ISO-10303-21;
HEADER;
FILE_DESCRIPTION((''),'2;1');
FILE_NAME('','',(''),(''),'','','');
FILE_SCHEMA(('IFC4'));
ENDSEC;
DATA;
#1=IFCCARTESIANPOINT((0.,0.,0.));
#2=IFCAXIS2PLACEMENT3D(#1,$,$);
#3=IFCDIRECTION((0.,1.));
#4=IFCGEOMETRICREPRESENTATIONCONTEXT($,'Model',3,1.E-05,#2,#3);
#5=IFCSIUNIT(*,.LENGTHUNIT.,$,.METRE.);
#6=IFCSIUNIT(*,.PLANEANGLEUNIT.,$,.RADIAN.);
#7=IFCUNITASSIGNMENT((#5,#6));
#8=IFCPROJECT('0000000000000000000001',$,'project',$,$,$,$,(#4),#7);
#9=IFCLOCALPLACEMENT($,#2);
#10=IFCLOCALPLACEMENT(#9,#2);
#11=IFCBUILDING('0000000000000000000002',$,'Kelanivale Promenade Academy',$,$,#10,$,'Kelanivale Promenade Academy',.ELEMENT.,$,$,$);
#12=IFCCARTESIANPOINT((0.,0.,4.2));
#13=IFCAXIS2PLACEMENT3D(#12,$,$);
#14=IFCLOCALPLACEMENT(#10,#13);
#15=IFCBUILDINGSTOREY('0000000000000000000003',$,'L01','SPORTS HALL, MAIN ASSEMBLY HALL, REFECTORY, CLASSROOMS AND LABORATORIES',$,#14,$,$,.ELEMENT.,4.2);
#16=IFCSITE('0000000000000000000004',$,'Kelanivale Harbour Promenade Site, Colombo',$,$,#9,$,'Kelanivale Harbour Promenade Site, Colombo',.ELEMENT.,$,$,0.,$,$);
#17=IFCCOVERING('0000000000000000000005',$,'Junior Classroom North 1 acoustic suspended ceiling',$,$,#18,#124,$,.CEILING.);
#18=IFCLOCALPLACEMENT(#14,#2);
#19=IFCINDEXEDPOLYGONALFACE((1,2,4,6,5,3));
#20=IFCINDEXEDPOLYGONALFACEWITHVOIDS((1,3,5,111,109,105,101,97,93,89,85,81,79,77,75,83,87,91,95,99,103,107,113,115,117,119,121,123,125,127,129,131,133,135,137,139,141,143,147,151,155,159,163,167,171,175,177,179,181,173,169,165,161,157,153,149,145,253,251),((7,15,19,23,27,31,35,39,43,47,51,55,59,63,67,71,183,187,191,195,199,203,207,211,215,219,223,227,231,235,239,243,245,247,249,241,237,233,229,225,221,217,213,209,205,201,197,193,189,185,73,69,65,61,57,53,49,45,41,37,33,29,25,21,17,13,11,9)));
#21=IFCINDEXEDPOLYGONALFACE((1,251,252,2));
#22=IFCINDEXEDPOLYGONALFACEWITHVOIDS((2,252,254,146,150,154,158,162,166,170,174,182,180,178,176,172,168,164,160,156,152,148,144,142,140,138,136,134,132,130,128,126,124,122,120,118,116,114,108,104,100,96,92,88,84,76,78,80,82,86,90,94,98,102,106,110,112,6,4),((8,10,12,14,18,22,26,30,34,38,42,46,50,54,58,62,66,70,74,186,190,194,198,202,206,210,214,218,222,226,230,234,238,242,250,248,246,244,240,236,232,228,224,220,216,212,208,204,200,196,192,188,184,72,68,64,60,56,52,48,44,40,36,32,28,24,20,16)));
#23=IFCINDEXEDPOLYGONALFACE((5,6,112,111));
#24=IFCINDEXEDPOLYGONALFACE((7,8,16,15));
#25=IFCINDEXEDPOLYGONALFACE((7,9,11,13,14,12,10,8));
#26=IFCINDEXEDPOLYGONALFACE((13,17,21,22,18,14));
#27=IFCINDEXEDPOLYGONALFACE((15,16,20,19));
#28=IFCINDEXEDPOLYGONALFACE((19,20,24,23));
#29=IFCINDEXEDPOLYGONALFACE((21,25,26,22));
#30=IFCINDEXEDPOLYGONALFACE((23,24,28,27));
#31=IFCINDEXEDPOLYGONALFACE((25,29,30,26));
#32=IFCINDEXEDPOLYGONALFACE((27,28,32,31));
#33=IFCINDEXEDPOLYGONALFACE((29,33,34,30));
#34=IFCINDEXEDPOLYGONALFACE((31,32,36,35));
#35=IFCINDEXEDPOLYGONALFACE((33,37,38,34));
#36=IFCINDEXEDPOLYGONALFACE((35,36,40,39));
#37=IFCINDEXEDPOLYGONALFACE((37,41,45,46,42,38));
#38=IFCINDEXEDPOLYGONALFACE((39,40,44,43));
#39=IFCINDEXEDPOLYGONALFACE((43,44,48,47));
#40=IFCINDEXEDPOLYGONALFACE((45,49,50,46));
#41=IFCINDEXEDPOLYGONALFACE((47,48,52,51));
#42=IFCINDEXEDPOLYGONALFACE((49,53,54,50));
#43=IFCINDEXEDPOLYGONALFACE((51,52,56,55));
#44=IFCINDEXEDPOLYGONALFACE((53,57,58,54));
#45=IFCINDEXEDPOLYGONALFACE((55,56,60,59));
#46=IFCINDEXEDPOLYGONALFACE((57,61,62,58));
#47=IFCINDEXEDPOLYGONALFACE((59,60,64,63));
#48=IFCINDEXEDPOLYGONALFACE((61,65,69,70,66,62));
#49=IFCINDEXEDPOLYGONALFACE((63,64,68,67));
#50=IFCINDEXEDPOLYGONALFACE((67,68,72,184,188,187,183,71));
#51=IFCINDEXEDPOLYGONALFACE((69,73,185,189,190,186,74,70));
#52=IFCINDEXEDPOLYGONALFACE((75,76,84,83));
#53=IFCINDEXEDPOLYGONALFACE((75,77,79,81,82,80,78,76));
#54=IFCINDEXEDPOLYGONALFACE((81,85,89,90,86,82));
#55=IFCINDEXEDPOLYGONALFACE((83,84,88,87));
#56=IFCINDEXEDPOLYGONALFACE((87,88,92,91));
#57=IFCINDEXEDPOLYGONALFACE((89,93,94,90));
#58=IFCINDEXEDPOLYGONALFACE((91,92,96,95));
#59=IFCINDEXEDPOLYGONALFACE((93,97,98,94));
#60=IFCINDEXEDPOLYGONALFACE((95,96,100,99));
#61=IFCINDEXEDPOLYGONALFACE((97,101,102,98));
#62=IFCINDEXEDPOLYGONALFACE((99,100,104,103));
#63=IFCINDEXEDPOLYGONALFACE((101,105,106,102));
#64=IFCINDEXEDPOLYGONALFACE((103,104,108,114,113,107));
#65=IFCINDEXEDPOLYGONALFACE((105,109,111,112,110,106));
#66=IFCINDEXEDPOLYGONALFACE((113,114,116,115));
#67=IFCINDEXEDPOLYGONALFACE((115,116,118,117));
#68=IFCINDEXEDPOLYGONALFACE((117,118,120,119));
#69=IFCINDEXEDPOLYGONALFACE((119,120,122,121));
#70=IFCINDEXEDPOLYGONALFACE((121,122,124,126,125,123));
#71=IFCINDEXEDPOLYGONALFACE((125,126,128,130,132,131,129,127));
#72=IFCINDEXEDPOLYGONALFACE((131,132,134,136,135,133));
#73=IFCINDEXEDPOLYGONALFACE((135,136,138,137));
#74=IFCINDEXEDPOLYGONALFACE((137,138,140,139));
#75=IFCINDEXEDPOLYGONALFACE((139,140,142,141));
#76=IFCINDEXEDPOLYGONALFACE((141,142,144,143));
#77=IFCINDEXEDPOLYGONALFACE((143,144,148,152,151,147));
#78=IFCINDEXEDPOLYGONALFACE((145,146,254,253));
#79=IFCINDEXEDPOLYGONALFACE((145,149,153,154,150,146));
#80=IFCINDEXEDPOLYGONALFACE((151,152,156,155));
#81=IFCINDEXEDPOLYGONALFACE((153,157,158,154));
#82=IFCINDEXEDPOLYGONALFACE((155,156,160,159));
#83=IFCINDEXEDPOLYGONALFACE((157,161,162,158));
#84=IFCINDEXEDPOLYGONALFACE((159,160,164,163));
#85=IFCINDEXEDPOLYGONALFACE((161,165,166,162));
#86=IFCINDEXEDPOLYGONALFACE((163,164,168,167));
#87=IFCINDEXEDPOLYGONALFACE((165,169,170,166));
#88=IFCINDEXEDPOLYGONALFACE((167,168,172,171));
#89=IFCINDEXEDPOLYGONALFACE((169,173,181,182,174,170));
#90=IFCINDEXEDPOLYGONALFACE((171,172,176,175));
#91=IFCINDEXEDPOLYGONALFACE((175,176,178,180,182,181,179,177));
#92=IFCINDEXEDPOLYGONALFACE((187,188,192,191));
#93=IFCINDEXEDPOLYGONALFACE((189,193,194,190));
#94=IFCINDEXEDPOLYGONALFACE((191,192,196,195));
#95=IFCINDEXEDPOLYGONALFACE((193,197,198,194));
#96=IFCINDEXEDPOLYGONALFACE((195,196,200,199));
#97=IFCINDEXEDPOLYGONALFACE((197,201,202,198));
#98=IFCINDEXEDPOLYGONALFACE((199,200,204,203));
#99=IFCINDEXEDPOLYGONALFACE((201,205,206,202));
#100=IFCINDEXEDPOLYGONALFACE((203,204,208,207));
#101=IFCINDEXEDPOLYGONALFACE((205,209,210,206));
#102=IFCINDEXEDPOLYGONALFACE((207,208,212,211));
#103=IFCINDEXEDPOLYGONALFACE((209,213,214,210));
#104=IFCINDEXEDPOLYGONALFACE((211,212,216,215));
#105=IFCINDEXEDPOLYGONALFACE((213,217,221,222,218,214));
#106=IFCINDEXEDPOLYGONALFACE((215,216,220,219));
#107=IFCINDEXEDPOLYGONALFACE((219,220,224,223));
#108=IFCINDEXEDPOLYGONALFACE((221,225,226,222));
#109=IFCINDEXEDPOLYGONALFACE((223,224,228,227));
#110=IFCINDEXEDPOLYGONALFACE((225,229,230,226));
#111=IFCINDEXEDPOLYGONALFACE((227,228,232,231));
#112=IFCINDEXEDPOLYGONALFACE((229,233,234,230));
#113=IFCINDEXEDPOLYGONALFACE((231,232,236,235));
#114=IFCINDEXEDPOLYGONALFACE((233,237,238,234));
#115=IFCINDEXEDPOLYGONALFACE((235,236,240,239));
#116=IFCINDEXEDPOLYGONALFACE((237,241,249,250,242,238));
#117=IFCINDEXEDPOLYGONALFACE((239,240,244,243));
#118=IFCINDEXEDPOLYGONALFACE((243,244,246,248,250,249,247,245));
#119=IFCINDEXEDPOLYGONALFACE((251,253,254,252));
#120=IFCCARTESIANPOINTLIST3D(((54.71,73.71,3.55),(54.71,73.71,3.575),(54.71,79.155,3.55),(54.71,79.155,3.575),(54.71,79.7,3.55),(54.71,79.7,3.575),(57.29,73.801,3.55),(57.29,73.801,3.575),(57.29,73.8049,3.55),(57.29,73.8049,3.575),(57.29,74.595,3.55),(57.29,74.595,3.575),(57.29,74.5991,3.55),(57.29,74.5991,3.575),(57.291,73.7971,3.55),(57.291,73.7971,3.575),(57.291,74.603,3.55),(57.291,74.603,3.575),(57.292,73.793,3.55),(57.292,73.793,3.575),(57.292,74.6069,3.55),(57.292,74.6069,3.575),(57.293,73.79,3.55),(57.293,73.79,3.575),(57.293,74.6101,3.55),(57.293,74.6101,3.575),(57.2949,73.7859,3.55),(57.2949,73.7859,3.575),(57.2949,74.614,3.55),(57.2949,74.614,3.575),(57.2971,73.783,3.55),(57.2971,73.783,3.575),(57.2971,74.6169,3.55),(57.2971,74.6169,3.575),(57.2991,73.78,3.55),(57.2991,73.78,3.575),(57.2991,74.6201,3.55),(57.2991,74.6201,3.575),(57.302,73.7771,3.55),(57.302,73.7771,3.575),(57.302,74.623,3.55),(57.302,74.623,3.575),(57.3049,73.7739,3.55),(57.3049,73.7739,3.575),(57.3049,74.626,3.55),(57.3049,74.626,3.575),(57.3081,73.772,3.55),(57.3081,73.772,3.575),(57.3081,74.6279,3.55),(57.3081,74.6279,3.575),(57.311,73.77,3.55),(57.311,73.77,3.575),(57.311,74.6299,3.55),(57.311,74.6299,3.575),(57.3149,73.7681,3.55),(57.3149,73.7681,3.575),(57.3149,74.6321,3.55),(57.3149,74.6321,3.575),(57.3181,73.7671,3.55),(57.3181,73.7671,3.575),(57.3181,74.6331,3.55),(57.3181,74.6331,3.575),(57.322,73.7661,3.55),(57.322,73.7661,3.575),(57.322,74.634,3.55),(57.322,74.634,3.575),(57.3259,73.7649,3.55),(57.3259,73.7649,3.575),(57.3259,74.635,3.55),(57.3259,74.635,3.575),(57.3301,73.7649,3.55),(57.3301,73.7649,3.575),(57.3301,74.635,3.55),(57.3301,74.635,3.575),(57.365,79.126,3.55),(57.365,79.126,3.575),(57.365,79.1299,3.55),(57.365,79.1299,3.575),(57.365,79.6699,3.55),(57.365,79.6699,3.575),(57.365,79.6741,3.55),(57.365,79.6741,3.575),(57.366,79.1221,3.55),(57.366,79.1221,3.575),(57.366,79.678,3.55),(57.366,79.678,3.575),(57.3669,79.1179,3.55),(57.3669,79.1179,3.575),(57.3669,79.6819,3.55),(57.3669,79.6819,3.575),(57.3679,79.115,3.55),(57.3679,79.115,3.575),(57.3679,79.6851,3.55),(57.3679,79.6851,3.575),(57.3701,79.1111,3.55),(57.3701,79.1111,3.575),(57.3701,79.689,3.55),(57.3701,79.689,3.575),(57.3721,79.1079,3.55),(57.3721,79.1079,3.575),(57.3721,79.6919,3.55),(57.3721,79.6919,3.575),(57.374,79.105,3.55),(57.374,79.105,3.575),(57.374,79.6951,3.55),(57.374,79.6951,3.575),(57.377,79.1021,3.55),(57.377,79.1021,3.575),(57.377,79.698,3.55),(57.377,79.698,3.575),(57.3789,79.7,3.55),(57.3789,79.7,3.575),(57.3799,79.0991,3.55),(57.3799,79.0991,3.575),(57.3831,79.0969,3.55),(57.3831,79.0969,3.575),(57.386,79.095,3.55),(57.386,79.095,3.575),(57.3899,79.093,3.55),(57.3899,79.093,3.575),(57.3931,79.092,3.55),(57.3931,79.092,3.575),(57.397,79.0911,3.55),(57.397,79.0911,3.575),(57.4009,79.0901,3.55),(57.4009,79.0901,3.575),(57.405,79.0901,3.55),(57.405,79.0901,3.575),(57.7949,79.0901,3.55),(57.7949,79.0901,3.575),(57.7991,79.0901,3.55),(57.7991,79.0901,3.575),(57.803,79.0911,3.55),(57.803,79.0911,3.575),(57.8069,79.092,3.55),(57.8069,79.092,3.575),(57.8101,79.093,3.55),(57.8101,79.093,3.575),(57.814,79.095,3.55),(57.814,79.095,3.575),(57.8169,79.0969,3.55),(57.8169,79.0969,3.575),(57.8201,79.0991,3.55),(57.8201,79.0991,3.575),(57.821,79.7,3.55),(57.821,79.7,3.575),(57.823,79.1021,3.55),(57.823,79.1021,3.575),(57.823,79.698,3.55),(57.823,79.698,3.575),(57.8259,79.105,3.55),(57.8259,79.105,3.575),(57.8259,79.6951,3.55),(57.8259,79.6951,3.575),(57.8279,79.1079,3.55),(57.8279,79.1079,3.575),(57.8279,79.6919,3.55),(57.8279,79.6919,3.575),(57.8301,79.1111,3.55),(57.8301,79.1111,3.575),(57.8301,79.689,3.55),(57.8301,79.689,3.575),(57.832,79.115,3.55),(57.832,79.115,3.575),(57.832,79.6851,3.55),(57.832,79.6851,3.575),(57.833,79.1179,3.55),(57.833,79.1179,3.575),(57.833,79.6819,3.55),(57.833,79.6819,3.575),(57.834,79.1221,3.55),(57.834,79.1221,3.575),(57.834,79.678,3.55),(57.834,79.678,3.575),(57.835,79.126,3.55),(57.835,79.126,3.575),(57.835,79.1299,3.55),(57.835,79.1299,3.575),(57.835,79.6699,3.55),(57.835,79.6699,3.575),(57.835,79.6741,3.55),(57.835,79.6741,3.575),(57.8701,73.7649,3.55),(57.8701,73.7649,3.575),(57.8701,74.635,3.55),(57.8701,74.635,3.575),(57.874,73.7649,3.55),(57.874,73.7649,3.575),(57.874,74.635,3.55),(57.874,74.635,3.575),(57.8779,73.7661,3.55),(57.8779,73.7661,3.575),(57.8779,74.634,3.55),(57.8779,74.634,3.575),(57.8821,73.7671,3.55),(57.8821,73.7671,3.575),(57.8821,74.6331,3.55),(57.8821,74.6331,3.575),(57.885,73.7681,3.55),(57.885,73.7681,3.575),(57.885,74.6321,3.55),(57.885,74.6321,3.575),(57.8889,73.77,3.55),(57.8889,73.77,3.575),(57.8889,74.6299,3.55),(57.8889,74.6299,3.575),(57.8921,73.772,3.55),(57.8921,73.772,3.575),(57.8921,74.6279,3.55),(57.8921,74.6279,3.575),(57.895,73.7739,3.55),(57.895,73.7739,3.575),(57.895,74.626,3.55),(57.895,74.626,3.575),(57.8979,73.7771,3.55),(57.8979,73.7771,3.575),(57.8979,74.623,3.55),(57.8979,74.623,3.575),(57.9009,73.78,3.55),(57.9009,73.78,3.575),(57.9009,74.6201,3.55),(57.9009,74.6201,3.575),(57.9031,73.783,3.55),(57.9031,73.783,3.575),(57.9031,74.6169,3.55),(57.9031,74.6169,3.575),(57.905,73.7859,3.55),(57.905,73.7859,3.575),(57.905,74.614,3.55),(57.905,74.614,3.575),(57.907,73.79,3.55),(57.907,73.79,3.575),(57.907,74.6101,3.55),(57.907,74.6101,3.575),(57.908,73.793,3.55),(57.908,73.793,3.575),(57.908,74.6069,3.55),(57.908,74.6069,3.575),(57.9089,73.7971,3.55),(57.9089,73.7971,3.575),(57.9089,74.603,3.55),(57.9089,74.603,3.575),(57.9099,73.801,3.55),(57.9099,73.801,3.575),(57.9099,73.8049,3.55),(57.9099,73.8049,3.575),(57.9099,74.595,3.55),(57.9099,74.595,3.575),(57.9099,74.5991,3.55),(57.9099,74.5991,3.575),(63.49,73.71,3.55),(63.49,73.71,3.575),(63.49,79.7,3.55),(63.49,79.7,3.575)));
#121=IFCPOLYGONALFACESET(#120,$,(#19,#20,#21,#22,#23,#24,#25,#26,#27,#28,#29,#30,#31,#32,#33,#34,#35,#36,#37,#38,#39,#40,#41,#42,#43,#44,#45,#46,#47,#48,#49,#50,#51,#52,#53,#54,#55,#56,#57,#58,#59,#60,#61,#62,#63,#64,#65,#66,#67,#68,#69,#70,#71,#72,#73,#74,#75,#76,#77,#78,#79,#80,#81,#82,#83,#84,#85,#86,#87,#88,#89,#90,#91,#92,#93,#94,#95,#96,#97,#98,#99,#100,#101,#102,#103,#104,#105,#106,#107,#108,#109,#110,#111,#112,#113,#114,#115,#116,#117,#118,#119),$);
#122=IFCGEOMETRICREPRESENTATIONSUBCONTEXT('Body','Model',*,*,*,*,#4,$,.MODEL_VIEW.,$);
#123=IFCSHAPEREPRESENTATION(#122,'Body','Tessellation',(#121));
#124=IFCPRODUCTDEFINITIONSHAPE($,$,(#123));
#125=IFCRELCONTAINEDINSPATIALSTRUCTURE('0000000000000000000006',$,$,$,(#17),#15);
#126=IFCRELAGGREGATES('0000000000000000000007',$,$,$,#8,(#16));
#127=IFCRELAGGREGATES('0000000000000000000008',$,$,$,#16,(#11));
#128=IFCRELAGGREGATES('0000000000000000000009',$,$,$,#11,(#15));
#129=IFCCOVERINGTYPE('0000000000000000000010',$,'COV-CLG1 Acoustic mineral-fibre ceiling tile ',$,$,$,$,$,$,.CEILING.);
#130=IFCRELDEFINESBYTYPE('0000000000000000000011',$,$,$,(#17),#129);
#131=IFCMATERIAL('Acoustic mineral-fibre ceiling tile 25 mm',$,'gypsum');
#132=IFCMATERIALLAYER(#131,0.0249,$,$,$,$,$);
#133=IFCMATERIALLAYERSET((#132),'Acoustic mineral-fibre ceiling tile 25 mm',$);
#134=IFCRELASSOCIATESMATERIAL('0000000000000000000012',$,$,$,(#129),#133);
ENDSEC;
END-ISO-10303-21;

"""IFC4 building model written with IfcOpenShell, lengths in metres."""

from ifc_helpers import new_model, si_unit, direction, frame, origin, place, context, subcontext, project, spatial, polyline, outline, extrude, material, layer, layer_set, type_object, element, save


model = new_model("IFC4")

# Units and contexts
model_context = context("Model", 3, precision=1e-05, world=origin(), true_north=direction((0.0, 1.0)))
body_context = subcontext(model_context, "Body", "Model", "MODEL_VIEW")
ifc_project = project(units=[si_unit("LENGTHUNIT", "METRE"), si_unit("PLANEANGLEUNIT", "RADIAN")], contexts=[model_context])

# Site, building, storey
site_placement = place(None, origin())
site = spatial("IfcSite", under=ifc_project, at=site_placement, Name="Kelanivale Harbour Promenade Site, Colombo", LongName="Kelanivale Harbour Promenade Site, Colombo", CompositionType="ELEMENT", RefElevation=0.0)
building_placement = place(site_placement, origin())
building = spatial("IfcBuilding", under=site, at=building_placement, Name="Kelanivale Promenade Academy", LongName="Kelanivale Promenade Academy", CompositionType="ELEMENT")
storey_placement = place(building_placement, frame((0.0, 0.0, 4.2)))
storey = spatial("IfcBuildingStorey", under=building, at=storey_placement, Name="L01", Description="SPORTS HALL, MAIN ASSEMBLY HALL, REFECTORY, CLASSROOMS AND LABORATORIES", CompositionType="ELEMENT", Elevation=4.2)

# Covering
ifc_material_1 = material(Name="Acoustic mineral-fibre ceiling tile 25 mm", Category="gypsum")
ifc_layer_1 = layer(ifc_material_1, 0.0249)
ifc_layer_set_1 = layer_set([ifc_layer_1], Name="Acoustic mineral-fibre ceiling tile 25 mm")
covering_type = type_object("IfcCoveringType", Name="COV-CLG1 Acoustic mineral-fibre ceiling tile ", PredefinedType="CEILING", material=ifc_layer_set_1)
covering_1_placement = place(storey_placement, frame((0.0, 0.0, 3.55)))
element("IfcCovering", 1, at=covering_1_placement, inside=storey, type_object=covering_type, Name="Junior Classroom North 1 acoustic suspended ceiling", PredefinedType="CEILING", context=body_context, shape_type="SweptSolid", body=[
    extrude(outline(polyline([(54.71, 73.71), (63.49, 73.71), (63.49, 79.7), (57.821, 79.7), (57.823, 79.698), (57.8259, 79.6951), (57.8279, 79.6919), (57.8301, 79.689), (57.832, 79.6851), (57.833, 79.6819), (57.834, 79.678), (57.835, 79.6741), (57.835, 79.6699), (57.835, 79.1299), (57.835, 79.126), (57.834, 79.1221), (57.833, 79.1179), (57.832, 79.115), (57.8301, 79.1111), (57.8279, 79.1079), (57.8259, 79.105), (57.823, 79.1021), (57.8201, 79.0991), (57.8169, 79.0969), (57.814, 79.095), (57.8101, 79.093), (57.8069, 79.092), (57.803, 79.0911), (57.7991, 79.0901), (57.7949, 79.0901), (57.405, 79.0901), (57.4009, 79.0901), (57.397, 79.0911), (57.3931, 79.092), (57.3899, 79.093), (57.386, 79.095), (57.3831, 79.0969), (57.3799, 79.0991), (57.377, 79.1021), (57.374, 79.105), (57.3721, 79.1079), (57.3701, 79.1111), (57.3679, 79.115), (57.3669, 79.1179), (57.366, 79.1221), (57.365, 79.126), (57.365, 79.1299), (57.365, 79.6699), (57.365, 79.6741), (57.366, 79.678), (57.3669, 79.6819), (57.3679, 79.6851), (57.3701, 79.689), (57.3721, 79.6919), (57.374, 79.6951), (57.377, 79.698), (57.3789, 79.7), (54.71, 79.7), (54.71, 79.155), (54.71, 73.71)]), holes=[polyline([(57.9099, 73.8049), (57.9099, 73.801), (57.9089, 73.7971), (57.908, 73.793), (57.907, 73.79), (57.905, 73.7859), (57.9031, 73.783), (57.9009, 73.78), (57.8979, 73.7771), (57.895, 73.7739), (57.8921, 73.772), (57.8889, 73.77), (57.885, 73.7681), (57.8821, 73.7671), (57.8779, 73.7661), (57.874, 73.7649), (57.8701, 73.7649), (57.3301, 73.7649), (57.3259, 73.7649), (57.322, 73.7661), (57.3181, 73.7671), (57.3149, 73.7681), (57.311, 73.77), (57.3081, 73.772), (57.3049, 73.7739), (57.302, 73.7771), (57.2991, 73.78), (57.2971, 73.783), (57.2949, 73.7859), (57.293, 73.79), (57.292, 73.793), (57.291, 73.7971), (57.29, 73.801), (57.29, 73.8049), (57.29, 74.595), (57.29, 74.5991), (57.291, 74.603), (57.292, 74.6069), (57.293, 74.6101), (57.2949, 74.614), (57.2971, 74.6169), (57.2991, 74.6201), (57.302, 74.623), (57.3049, 74.626), (57.3081, 74.6279), (57.311, 74.6299), (57.3149, 74.6321), (57.3181, 74.6331), (57.322, 74.634), (57.3259, 74.635), (57.3301, 74.635), (57.8701, 74.635), (57.874, 74.635), (57.8779, 74.634), (57.8821, 74.6331), (57.885, 74.6321), (57.8889, 74.6299), (57.8921, 74.6279), (57.895, 74.626), (57.8979, 74.623), (57.9009, 74.6201), (57.9031, 74.6169), (57.905, 74.614), (57.907, 74.6101), (57.908, 74.6069), (57.9089, 74.603), (57.9099, 74.5991), (57.9099, 74.595), (57.9099, 73.8049)])]), origin(), (0.0, 0.0, 1.0), 0.0249),
])

save(model, "model.ifc")
